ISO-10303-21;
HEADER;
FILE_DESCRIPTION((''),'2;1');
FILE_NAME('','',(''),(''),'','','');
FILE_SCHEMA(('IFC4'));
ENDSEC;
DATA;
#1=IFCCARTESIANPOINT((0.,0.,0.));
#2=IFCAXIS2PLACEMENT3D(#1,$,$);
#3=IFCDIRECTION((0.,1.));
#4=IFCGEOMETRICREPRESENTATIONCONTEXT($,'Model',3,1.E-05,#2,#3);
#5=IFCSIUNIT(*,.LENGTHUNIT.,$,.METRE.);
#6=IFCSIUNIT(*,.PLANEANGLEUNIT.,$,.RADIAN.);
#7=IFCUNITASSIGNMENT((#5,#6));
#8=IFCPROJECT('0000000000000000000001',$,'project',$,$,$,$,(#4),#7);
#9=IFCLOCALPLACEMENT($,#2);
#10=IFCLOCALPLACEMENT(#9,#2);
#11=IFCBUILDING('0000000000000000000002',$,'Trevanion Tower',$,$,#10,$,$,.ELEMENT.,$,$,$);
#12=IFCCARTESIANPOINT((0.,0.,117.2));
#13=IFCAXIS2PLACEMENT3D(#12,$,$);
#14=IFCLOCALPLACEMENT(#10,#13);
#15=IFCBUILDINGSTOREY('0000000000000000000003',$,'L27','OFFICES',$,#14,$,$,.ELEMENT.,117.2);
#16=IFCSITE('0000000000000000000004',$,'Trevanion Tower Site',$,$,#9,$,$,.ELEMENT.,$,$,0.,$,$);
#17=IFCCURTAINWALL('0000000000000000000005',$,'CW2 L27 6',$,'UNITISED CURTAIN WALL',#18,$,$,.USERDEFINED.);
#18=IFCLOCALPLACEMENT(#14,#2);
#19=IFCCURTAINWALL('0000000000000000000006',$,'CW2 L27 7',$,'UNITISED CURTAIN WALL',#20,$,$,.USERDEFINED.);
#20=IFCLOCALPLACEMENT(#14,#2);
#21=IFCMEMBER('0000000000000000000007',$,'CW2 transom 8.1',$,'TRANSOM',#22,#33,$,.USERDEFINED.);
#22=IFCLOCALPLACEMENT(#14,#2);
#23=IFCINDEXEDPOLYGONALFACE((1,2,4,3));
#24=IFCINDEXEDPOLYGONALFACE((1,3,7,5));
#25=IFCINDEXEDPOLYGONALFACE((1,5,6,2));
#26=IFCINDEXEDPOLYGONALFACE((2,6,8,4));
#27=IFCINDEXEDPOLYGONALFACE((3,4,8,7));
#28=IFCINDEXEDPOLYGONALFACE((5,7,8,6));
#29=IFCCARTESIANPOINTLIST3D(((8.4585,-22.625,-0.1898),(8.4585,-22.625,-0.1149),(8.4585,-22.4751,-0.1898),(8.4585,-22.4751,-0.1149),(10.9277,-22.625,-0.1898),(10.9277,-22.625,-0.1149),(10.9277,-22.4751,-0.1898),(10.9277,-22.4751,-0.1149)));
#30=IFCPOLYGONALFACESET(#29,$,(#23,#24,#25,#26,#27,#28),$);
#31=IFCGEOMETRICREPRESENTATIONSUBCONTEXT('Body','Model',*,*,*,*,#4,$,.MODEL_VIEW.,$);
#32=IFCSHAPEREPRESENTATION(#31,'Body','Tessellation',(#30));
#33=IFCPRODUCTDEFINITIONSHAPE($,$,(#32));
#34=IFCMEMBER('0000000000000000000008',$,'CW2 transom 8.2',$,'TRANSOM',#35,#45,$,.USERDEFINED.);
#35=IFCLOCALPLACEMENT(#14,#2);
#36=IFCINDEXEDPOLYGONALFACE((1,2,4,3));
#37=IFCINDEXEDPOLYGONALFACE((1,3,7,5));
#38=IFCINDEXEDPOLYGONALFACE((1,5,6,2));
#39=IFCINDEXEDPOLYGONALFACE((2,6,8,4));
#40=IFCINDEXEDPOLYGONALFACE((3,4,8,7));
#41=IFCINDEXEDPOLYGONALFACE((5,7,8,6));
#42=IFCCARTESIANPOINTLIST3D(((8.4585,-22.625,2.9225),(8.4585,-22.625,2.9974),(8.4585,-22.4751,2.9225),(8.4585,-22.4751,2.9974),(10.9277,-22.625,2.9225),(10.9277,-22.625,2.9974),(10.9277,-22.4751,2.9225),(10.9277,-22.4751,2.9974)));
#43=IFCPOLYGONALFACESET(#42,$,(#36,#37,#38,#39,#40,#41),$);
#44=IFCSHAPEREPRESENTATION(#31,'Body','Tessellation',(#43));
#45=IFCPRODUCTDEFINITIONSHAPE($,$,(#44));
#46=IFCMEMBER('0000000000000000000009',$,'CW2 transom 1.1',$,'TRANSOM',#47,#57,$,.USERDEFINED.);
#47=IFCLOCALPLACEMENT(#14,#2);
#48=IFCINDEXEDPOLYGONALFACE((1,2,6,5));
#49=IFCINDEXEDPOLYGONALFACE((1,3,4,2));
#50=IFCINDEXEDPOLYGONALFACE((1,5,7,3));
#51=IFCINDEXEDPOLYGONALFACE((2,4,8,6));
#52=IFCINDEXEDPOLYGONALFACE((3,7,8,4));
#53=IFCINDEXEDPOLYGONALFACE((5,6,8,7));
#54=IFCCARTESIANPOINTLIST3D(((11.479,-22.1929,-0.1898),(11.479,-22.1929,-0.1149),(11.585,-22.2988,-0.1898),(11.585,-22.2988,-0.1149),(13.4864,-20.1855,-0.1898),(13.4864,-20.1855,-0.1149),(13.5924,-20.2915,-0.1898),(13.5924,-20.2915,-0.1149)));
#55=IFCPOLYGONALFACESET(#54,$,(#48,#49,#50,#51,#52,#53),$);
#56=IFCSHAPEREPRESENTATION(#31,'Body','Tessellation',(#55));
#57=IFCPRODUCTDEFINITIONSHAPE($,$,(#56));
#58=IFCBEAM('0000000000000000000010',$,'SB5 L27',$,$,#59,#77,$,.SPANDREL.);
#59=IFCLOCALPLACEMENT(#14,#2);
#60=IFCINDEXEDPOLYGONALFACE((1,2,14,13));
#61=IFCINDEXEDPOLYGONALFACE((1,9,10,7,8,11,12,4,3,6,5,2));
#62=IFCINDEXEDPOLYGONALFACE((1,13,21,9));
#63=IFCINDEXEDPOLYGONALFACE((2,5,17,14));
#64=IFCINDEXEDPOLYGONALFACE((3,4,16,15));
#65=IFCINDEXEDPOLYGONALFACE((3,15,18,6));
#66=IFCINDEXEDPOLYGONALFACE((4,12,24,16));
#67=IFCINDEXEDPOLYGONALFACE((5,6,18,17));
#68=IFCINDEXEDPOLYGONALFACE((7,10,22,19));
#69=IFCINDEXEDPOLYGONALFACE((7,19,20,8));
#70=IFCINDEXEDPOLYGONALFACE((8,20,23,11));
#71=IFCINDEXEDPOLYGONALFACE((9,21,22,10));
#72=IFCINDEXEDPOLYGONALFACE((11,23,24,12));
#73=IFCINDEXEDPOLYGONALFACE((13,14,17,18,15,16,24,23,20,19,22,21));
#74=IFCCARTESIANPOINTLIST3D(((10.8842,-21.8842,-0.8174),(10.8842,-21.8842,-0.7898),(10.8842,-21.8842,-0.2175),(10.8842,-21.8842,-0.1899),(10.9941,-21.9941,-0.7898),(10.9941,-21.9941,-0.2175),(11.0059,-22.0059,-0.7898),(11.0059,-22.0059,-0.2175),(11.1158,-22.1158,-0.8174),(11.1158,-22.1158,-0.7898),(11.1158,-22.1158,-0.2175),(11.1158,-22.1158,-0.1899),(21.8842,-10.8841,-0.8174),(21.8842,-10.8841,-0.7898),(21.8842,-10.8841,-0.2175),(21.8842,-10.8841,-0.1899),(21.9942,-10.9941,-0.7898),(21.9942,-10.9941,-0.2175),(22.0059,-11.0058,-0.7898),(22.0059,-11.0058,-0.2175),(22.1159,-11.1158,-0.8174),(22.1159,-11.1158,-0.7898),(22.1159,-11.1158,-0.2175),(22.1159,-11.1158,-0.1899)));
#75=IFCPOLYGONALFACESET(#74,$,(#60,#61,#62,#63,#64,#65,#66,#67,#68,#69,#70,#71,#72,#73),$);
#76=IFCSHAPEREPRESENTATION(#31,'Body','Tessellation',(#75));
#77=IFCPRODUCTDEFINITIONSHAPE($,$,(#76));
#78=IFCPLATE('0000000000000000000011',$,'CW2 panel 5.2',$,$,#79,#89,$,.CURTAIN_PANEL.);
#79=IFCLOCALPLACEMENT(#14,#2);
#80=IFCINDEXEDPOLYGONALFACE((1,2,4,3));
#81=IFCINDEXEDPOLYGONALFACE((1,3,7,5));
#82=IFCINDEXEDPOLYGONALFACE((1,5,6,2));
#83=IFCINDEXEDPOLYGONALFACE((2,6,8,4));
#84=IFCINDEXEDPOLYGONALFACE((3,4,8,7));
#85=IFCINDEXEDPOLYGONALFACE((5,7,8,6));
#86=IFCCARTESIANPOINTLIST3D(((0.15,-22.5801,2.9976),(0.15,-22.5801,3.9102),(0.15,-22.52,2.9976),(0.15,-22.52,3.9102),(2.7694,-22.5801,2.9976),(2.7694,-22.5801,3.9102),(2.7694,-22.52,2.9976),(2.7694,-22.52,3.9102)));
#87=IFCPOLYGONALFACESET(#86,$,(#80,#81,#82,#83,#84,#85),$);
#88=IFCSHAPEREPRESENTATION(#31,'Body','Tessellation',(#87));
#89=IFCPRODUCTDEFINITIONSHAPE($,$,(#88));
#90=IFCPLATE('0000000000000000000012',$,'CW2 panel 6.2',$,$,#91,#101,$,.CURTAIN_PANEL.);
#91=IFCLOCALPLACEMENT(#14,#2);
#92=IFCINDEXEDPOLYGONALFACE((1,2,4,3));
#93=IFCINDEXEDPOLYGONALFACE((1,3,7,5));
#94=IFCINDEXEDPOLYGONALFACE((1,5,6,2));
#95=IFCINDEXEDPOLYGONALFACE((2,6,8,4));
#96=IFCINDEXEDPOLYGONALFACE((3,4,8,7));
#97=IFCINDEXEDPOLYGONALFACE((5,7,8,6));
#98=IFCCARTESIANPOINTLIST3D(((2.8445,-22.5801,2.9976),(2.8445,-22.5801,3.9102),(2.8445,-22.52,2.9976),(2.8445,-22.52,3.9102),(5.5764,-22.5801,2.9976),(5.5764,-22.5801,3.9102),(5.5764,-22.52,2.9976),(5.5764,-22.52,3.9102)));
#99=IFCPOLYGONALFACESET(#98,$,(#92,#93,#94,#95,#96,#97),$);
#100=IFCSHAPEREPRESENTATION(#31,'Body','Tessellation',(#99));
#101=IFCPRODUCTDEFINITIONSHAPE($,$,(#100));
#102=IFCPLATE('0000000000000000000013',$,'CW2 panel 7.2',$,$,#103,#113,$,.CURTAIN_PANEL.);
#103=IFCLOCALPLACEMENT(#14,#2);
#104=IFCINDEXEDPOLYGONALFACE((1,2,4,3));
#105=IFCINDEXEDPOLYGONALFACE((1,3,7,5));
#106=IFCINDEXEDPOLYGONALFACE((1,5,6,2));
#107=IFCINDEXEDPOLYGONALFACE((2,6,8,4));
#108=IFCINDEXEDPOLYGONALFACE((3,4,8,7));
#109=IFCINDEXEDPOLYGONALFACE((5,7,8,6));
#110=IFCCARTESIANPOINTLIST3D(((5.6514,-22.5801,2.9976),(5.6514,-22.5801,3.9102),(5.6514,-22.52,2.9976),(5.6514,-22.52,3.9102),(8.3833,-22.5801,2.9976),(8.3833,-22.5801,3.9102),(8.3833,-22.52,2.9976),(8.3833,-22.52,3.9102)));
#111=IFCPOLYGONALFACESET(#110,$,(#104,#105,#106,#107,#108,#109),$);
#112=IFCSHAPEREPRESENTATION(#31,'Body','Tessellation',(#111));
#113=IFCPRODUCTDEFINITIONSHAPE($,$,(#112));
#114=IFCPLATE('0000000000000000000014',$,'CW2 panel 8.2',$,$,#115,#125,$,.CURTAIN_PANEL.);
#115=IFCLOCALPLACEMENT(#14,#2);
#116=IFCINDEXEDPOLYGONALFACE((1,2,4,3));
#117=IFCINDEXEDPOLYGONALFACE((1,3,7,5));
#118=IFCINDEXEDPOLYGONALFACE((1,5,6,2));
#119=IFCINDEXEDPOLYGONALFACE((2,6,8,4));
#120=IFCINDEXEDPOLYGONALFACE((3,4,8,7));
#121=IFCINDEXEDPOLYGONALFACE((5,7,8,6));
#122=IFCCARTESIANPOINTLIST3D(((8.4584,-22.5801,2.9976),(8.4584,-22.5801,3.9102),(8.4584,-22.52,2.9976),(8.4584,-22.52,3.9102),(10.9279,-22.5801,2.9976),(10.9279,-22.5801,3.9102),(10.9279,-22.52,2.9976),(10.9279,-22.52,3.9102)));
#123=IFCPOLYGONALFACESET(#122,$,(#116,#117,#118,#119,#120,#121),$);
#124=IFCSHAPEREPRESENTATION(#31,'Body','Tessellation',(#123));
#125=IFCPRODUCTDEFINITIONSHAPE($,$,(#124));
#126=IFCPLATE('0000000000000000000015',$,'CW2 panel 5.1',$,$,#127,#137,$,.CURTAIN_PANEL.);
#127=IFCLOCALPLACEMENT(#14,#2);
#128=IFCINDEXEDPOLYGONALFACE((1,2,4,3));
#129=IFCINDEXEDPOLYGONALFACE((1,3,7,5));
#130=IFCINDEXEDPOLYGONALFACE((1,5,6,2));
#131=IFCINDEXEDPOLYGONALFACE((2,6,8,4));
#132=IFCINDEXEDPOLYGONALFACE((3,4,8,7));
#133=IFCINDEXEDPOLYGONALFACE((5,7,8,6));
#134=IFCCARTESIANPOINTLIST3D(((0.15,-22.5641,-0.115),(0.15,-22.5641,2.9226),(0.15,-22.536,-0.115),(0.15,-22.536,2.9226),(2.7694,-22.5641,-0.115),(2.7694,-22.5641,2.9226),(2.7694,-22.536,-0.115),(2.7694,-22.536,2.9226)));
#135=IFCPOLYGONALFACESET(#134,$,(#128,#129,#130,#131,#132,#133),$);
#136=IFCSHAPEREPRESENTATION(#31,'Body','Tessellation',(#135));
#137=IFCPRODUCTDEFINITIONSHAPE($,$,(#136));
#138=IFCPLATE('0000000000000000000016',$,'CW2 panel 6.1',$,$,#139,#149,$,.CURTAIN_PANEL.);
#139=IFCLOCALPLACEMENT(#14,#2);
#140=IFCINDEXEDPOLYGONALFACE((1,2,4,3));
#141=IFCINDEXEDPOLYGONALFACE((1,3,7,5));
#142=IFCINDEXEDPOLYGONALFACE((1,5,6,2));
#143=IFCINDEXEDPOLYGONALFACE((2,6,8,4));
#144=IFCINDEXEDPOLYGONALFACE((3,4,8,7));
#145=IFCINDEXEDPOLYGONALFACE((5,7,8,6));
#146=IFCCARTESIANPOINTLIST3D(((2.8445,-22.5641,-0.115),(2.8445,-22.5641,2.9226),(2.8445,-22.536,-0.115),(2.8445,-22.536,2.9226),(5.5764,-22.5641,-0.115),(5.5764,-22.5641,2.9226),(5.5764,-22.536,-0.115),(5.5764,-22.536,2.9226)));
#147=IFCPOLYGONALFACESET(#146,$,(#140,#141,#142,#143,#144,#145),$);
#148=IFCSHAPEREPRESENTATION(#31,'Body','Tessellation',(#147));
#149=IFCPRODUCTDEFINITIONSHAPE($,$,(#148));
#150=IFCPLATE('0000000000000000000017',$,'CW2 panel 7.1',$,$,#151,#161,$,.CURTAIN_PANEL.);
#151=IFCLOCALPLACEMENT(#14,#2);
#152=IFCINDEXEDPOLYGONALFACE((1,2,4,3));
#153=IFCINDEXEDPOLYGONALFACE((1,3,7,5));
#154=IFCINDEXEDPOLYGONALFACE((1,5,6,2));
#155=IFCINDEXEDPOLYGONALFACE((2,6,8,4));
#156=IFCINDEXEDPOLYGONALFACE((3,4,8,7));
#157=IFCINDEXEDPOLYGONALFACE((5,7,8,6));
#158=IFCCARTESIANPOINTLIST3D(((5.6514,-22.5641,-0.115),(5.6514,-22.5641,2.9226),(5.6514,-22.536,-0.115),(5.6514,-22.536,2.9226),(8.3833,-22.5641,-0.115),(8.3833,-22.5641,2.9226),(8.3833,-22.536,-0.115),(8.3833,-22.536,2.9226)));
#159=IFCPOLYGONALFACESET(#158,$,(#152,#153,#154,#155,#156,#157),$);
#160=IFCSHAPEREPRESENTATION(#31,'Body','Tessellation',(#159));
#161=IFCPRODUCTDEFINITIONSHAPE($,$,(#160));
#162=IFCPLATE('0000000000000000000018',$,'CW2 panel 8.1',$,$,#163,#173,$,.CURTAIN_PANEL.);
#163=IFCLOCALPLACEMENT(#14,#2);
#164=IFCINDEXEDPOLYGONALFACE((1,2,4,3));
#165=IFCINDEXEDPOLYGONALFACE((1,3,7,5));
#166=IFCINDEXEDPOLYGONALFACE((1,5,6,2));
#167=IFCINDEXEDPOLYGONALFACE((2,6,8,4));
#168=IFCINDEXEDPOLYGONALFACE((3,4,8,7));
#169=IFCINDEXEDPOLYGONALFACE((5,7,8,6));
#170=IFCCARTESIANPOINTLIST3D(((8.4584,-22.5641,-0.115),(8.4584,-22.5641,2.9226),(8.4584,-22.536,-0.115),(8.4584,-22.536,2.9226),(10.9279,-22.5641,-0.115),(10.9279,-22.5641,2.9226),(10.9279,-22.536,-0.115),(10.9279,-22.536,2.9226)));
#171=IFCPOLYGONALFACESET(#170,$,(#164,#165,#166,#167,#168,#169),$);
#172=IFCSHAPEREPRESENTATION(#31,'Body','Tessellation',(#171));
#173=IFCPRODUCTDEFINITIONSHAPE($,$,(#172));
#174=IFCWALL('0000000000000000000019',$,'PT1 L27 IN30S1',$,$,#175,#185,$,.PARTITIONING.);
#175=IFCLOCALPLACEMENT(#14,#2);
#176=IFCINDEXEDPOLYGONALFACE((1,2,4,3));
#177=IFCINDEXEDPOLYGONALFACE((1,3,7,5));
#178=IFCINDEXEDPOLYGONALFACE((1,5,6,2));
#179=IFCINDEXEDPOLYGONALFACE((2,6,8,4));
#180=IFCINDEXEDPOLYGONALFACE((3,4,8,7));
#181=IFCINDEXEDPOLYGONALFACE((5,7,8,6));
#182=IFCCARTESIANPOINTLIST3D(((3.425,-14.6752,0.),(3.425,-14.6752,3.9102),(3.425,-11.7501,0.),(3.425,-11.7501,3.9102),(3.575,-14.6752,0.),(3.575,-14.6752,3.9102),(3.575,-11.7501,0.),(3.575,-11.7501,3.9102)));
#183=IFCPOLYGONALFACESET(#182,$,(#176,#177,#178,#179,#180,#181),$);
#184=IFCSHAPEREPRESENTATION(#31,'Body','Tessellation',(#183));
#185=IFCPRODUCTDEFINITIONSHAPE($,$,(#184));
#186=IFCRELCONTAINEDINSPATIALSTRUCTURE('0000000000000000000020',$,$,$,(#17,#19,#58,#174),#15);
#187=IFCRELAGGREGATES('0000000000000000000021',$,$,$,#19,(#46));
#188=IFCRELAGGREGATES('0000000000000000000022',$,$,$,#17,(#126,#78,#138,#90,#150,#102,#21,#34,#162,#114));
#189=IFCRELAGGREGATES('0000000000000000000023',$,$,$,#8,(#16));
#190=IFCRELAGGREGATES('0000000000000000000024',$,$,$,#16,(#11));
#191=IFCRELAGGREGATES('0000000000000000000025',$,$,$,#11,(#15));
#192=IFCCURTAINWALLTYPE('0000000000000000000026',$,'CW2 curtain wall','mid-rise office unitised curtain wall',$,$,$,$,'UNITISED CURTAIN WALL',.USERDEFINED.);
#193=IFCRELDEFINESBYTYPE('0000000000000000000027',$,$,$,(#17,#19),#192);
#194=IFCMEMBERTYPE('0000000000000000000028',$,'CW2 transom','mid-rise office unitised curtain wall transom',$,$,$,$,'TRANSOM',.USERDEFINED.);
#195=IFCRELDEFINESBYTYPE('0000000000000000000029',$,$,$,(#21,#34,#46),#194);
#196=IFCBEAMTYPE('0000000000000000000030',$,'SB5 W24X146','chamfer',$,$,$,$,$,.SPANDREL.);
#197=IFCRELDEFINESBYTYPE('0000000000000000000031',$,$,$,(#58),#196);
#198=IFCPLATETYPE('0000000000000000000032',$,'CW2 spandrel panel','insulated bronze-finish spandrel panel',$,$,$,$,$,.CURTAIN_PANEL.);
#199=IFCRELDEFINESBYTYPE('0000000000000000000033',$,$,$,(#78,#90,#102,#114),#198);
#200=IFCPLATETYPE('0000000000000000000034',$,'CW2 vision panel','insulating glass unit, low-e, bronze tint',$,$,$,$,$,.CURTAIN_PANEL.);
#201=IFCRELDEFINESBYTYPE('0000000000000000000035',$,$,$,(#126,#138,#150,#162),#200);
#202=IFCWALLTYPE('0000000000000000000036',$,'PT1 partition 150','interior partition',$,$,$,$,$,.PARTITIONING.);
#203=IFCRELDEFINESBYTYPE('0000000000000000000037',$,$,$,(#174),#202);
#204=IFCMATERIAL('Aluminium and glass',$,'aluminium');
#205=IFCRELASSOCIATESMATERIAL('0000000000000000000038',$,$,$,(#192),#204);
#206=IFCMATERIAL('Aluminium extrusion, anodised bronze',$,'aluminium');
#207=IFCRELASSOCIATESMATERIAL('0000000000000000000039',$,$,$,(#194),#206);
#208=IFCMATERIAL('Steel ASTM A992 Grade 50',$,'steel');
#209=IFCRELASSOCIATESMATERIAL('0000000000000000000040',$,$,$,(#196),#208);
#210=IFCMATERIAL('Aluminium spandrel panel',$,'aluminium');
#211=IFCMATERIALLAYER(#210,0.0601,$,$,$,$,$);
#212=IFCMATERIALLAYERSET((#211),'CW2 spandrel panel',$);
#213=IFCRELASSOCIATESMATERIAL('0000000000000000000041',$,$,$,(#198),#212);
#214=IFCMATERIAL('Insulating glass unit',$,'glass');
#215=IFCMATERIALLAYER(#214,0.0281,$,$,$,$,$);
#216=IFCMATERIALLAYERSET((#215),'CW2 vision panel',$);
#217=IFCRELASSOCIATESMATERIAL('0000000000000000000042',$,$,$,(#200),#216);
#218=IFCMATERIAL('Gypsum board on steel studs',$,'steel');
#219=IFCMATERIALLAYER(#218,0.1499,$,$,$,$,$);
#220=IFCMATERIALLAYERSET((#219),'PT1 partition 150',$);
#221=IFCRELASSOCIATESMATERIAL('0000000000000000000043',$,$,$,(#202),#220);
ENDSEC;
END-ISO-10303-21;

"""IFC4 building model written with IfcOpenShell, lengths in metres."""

from ifc_helpers import new_model, si_unit, direction, frame, frame_2d, origin, origin_2d, place, context, subcontext, project, spatial, rectangle, i_section, extrude, material, layer, layer_set, material_profile, profile_set, type_object, element, aggregate, save


model = new_model("IFC4")

# Units and contexts
model_context = context("Model", 3, precision=1e-05, world=origin(), true_north=direction((0.0, 1.0)))
body_context = subcontext(model_context, "Body", "Model", "MODEL_VIEW")
ifc_project = project(units=[si_unit("LENGTHUNIT", "METRE"), si_unit("PLANEANGLEUNIT", "RADIAN")], contexts=[model_context])

# Site, building, storey
site_placement = place(None, origin())
site = spatial("IfcSite", under=ifc_project, at=site_placement, Name="Trevanion Tower Site", CompositionType="ELEMENT", RefElevation=0.0)
building_placement = place(site_placement, origin())
building = spatial("IfcBuilding", under=site, at=building_placement, Name="Trevanion Tower", CompositionType="ELEMENT")
storey_placement = place(building_placement, frame((0.0, 0.0, 117.2)))
storey = spatial("IfcBuildingStorey", under=building, at=storey_placement, Name="L27", Description="OFFICES", CompositionType="ELEMENT", Elevation=117.2)

# Curtain wall
ifc_material_1 = material(Name="Aluminium and glass", Category="aluminium")
curtain_wall_type = type_object("IfcCurtainWallType", Name="CW2 curtain wall", Description="mid-rise office unitised curtain wall", ElementType="UNITISED CURTAIN WALL", PredefinedType="USERDEFINED", material=ifc_material_1)
curtain_wall_1_placement = place(storey_placement, origin())
curtain_wall_1 = element("IfcCurtainWall", 1, at=curtain_wall_1_placement, inside=storey, type_object=curtain_wall_type, Name="CW2 L27 6", ObjectType="UNITISED CURTAIN WALL", PredefinedType="USERDEFINED")

# Curtain wall
curtain_wall_2_placement = place(storey_placement, origin())
curtain_wall_2 = element("IfcCurtainWall", 2, at=curtain_wall_2_placement, inside=storey, type_object=curtain_wall_type, Name="CW2 L27 7", ObjectType="UNITISED CURTAIN WALL", PredefinedType="USERDEFINED")

# Members
ifc_material_2 = material(Name="Aluminium extrusion, anodised bronze", Category="aluminium")
ifc_material_profile_1 = material_profile(ifc_material_2, rectangle(XDim=0.1499, YDim=0.075, at=origin_2d()), Name="CW2 transom")
ifc_profile_set_1 = profile_set([ifc_material_profile_1], Name="Aluminium extrusion, anodised bronze")
member_type_1 = type_object("IfcMemberType", Name="CW2 transom", Description="mid-rise office unitised curtain wall transom", ElementType="TRANSOM", PredefinedType="USERDEFINED", material=ifc_profile_set_1)
member_1_placement = place(storey_placement, frame((8.4585, -22.55, -0.1523), z_axis=(1.0, 0.0, 0.0), x_axis=(0.0, 1.0, 0.0)))
member_1 = element("IfcMember", 3, at=member_1_placement, type_object=member_type_1, Name="CW2 transom 8.1", ObjectType="TRANSOM", PredefinedType="USERDEFINED", context=body_context, shape_type="SweptSolid", body=[
    extrude(rectangle(XDim=0.1499, YDim=0.075, at=origin_2d()), origin(), (0.0, 0.0, 1.0), 2.4692),
])
member_2_placement = place(storey_placement, frame((8.4585, -22.55, 2.96), z_axis=(1.0, 0.0, 0.0), x_axis=(0.0, 1.0, 0.0)))
member_2 = element("IfcMember", 4, at=member_2_placement, type_object=member_type_1, Name="CW2 transom 8.2", ObjectType="TRANSOM", PredefinedType="USERDEFINED", context=body_context, shape_type="SweptSolid", body=[
    extrude(rectangle(XDim=0.1499, YDim=0.075, at=origin_2d()), origin(), (0.0, 0.0, 1.0), 2.4692),
])
member_3_placement = place(storey_placement, frame((11.532, -22.2458, -0.1523), z_axis=(0.707107, 0.707107, 0.0), x_axis=(-0.707107, 0.707107, 0.0)))
member_3 = element("IfcMember", 5, at=member_3_placement, type_object=member_type_1, Name="CW2 transom 1.1", ObjectType="TRANSOM", PredefinedType="USERDEFINED", context=body_context, shape_type="SweptSolid", body=[
    extrude(rectangle(XDim=0.1499, YDim=0.075, at=origin_2d()), origin(), (0.0, 0.0, 1.0), 2.8389),
])
aggregate(curtain_wall_2, [member_3])

# Beam
ifc_material_3 = material(Name="Steel ASTM A992 Grade 50", Category="steel")
ifc_material_profile_2 = material_profile(ifc_material_3, i_section(OverallWidth=0.3276, OverallDepth=0.6274, WebThickness=0.0166, FlangeThickness=0.0276, at=origin_2d()), Name="W24X146")
ifc_profile_set_2 = profile_set([ifc_material_profile_2], Name="Steel ASTM A992 Grade 50")
beam_type_1 = type_object("IfcBeamType", Name="SB5 W24X146", Description="chamfer", PredefinedType="SPANDREL", material=ifc_profile_set_2)
beam_1_placement = place(storey_placement, frame((11.0, -22.0, -0.5037), z_axis=(0.707107, 0.707107, 0.0), x_axis=(-0.707107, 0.707107, 0.0)))
element("IfcBeam", 6, at=beam_1_placement, inside=storey, type_object=beam_type_1, Name="SB5 L27", PredefinedType="SPANDREL", context=body_context, shape_type="SweptSolid", body=[
    extrude(i_section(OverallWidth=0.3276, OverallDepth=0.6274, WebThickness=0.0166, FlangeThickness=0.0276, at=origin_2d()), origin(), (0.0, 0.0, 1.0), 15.5564),
])

# Plates
ifc_material_4 = material(Name="Aluminium spandrel panel", Category="aluminium")
ifc_layer_1 = layer(ifc_material_4, 0.0601)
ifc_layer_set_1 = layer_set([ifc_layer_1], Name="CW2 spandrel panel")
plate_type_1 = type_object("IfcPlateType", Name="CW2 spandrel panel", Description="insulated bronze-finish spandrel panel", PredefinedType="CURTAIN_PANEL", material=ifc_layer_set_1)
plate_1_placement = place(storey_placement, frame((1.4597, -22.55, 2.9976), z_axis=(0.0, 0.0, 1.0), x_axis=(1.0, 0.0, 0.0)))
plate_1 = element("IfcPlate", 7, at=plate_1_placement, type_object=plate_type_1, Name="CW2 panel 5.2", PredefinedType="CURTAIN_PANEL", context=body_context, shape_type="SweptSolid", body=[
    extrude(rectangle(XDim=2.6194, YDim=0.0601, at=origin_2d()), origin(), (0.0, 0.0, 1.0), 0.9126),
])
plate_2_placement = place(storey_placement, frame((4.2104, -22.55, 2.9976), z_axis=(0.0, 0.0, 1.0), x_axis=(1.0, 0.0, 0.0)))
plate_2 = element("IfcPlate", 8, at=plate_2_placement, type_object=plate_type_1, Name="CW2 panel 6.2", PredefinedType="CURTAIN_PANEL", context=body_context, shape_type="SweptSolid", body=[
    extrude(rectangle(XDim=2.7319, YDim=0.0601, at=origin_2d()), origin(), (0.0, 0.0, 1.0), 0.9126),
])
plate_3_placement = place(storey_placement, frame((7.0173, -22.55, 2.9976), z_axis=(0.0, 0.0, 1.0), x_axis=(1.0, 0.0, 0.0)))
plate_3 = element("IfcPlate", 9, at=plate_3_placement, type_object=plate_type_1, Name="CW2 panel 7.2", PredefinedType="CURTAIN_PANEL", context=body_context, shape_type="SweptSolid", body=[
    extrude(rectangle(XDim=2.7319, YDim=0.0601, at=origin_2d()), origin(), (0.0, 0.0, 1.0), 0.9126),
])
plate_4_placement = place(storey_placement, frame((9.6931, -22.55, 2.9976), z_axis=(0.0, 0.0, 1.0), x_axis=(1.0, 0.0, 0.0)))
plate_4 = element("IfcPlate", 10, at=plate_4_placement, type_object=plate_type_1, Name="CW2 panel 8.2", PredefinedType="CURTAIN_PANEL", context=body_context, shape_type="SweptSolid", body=[
    extrude(rectangle(XDim=2.4695, YDim=0.0601, at=origin_2d()), origin(), (0.0, 0.0, 1.0), 0.9126),
])
ifc_material_5 = material(Name="Insulating glass unit", Category="glass")
ifc_layer_2 = layer(ifc_material_5, 0.0281)
ifc_layer_set_2 = layer_set([ifc_layer_2], Name="CW2 vision panel")
plate_type_2 = type_object("IfcPlateType", Name="CW2 vision panel", Description="insulating glass unit, low-e, bronze tint", PredefinedType="CURTAIN_PANEL", material=ifc_layer_set_2)
plate_5_placement = place(storey_placement, frame((1.4597, -22.55, -0.115), z_axis=(0.0, 0.0, 1.0), x_axis=(1.0, 0.0, 0.0)))
plate_5 = element("IfcPlate", 11, at=plate_5_placement, type_object=plate_type_2, Name="CW2 panel 5.1", PredefinedType="CURTAIN_PANEL", context=body_context, shape_type="SweptSolid", body=[
    extrude(rectangle(XDim=2.6194, YDim=0.0281, at=origin_2d()), origin(), (0.0, 0.0, 1.0), 3.0376),
])
plate_6_placement = place(storey_placement, frame((4.2104, -22.55, -0.115), z_axis=(0.0, 0.0, 1.0), x_axis=(1.0, 0.0, 0.0)))
plate_6 = element("IfcPlate", 12, at=plate_6_placement, type_object=plate_type_2, Name="CW2 panel 6.1", PredefinedType="CURTAIN_PANEL", context=body_context, shape_type="SweptSolid", body=[
    extrude(rectangle(XDim=2.7319, YDim=0.0281, at=origin_2d()), origin(), (0.0, 0.0, 1.0), 3.0376),
])
plate_7_placement = place(storey_placement, frame((7.0173, -22.55, -0.115), z_axis=(0.0, 0.0, 1.0), x_axis=(1.0, 0.0, 0.0)))
plate_7 = element("IfcPlate", 13, at=plate_7_placement, type_object=plate_type_2, Name="CW2 panel 7.1", PredefinedType="CURTAIN_PANEL", context=body_context, shape_type="SweptSolid", body=[
    extrude(rectangle(XDim=2.7319, YDim=0.0281, at=origin_2d()), origin(), (0.0, 0.0, 1.0), 3.0376),
])
plate_8_placement = place(storey_placement, frame((9.6931, -22.55, -0.115), z_axis=(0.0, 0.0, 1.0), x_axis=(1.0, 0.0, 0.0)))
plate_8 = element("IfcPlate", 14, at=plate_8_placement, type_object=plate_type_2, Name="CW2 panel 8.1", PredefinedType="CURTAIN_PANEL", context=body_context, shape_type="SweptSolid", body=[
    extrude(rectangle(XDim=2.4695, YDim=0.0281, at=origin_2d()), origin(), (0.0, 0.0, 1.0), 3.0376),
])
aggregate(curtain_wall_1, [plate_5, plate_1, plate_6, plate_2, plate_7, plate_3, member_1, member_2, plate_8, plate_4])

# Wall
ifc_material_6 = material(Name="Gypsum board on steel studs", Category="steel")
ifc_layer_3 = layer(ifc_material_6, 0.1499)
ifc_layer_set_3 = layer_set([ifc_layer_3], Name="PT1 partition 150")
wall_type_1 = type_object("IfcWallType", Name="PT1 partition 150", Description="interior partition", PredefinedType="PARTITIONING", material=ifc_layer_set_3)
wall_1_placement = place(storey_placement, frame((3.5, -14.675, 0.0), z_axis=(0.0, 0.0, 1.0), x_axis=(0.0, 1.0, 0.0)))
element("IfcWall", 15, at=wall_1_placement, inside=storey, type_object=wall_type_1, Name="PT1 L27 IN30S1", PredefinedType="PARTITIONING", context=body_context, shape_type="SweptSolid", body=[
    extrude(rectangle(XDim=2.925, YDim=0.1499, at=frame_2d((1.4624, 0.0))), origin(), (0.0, 0.0, 1.0), 3.9102),
])

save(model, "model.ifc")
